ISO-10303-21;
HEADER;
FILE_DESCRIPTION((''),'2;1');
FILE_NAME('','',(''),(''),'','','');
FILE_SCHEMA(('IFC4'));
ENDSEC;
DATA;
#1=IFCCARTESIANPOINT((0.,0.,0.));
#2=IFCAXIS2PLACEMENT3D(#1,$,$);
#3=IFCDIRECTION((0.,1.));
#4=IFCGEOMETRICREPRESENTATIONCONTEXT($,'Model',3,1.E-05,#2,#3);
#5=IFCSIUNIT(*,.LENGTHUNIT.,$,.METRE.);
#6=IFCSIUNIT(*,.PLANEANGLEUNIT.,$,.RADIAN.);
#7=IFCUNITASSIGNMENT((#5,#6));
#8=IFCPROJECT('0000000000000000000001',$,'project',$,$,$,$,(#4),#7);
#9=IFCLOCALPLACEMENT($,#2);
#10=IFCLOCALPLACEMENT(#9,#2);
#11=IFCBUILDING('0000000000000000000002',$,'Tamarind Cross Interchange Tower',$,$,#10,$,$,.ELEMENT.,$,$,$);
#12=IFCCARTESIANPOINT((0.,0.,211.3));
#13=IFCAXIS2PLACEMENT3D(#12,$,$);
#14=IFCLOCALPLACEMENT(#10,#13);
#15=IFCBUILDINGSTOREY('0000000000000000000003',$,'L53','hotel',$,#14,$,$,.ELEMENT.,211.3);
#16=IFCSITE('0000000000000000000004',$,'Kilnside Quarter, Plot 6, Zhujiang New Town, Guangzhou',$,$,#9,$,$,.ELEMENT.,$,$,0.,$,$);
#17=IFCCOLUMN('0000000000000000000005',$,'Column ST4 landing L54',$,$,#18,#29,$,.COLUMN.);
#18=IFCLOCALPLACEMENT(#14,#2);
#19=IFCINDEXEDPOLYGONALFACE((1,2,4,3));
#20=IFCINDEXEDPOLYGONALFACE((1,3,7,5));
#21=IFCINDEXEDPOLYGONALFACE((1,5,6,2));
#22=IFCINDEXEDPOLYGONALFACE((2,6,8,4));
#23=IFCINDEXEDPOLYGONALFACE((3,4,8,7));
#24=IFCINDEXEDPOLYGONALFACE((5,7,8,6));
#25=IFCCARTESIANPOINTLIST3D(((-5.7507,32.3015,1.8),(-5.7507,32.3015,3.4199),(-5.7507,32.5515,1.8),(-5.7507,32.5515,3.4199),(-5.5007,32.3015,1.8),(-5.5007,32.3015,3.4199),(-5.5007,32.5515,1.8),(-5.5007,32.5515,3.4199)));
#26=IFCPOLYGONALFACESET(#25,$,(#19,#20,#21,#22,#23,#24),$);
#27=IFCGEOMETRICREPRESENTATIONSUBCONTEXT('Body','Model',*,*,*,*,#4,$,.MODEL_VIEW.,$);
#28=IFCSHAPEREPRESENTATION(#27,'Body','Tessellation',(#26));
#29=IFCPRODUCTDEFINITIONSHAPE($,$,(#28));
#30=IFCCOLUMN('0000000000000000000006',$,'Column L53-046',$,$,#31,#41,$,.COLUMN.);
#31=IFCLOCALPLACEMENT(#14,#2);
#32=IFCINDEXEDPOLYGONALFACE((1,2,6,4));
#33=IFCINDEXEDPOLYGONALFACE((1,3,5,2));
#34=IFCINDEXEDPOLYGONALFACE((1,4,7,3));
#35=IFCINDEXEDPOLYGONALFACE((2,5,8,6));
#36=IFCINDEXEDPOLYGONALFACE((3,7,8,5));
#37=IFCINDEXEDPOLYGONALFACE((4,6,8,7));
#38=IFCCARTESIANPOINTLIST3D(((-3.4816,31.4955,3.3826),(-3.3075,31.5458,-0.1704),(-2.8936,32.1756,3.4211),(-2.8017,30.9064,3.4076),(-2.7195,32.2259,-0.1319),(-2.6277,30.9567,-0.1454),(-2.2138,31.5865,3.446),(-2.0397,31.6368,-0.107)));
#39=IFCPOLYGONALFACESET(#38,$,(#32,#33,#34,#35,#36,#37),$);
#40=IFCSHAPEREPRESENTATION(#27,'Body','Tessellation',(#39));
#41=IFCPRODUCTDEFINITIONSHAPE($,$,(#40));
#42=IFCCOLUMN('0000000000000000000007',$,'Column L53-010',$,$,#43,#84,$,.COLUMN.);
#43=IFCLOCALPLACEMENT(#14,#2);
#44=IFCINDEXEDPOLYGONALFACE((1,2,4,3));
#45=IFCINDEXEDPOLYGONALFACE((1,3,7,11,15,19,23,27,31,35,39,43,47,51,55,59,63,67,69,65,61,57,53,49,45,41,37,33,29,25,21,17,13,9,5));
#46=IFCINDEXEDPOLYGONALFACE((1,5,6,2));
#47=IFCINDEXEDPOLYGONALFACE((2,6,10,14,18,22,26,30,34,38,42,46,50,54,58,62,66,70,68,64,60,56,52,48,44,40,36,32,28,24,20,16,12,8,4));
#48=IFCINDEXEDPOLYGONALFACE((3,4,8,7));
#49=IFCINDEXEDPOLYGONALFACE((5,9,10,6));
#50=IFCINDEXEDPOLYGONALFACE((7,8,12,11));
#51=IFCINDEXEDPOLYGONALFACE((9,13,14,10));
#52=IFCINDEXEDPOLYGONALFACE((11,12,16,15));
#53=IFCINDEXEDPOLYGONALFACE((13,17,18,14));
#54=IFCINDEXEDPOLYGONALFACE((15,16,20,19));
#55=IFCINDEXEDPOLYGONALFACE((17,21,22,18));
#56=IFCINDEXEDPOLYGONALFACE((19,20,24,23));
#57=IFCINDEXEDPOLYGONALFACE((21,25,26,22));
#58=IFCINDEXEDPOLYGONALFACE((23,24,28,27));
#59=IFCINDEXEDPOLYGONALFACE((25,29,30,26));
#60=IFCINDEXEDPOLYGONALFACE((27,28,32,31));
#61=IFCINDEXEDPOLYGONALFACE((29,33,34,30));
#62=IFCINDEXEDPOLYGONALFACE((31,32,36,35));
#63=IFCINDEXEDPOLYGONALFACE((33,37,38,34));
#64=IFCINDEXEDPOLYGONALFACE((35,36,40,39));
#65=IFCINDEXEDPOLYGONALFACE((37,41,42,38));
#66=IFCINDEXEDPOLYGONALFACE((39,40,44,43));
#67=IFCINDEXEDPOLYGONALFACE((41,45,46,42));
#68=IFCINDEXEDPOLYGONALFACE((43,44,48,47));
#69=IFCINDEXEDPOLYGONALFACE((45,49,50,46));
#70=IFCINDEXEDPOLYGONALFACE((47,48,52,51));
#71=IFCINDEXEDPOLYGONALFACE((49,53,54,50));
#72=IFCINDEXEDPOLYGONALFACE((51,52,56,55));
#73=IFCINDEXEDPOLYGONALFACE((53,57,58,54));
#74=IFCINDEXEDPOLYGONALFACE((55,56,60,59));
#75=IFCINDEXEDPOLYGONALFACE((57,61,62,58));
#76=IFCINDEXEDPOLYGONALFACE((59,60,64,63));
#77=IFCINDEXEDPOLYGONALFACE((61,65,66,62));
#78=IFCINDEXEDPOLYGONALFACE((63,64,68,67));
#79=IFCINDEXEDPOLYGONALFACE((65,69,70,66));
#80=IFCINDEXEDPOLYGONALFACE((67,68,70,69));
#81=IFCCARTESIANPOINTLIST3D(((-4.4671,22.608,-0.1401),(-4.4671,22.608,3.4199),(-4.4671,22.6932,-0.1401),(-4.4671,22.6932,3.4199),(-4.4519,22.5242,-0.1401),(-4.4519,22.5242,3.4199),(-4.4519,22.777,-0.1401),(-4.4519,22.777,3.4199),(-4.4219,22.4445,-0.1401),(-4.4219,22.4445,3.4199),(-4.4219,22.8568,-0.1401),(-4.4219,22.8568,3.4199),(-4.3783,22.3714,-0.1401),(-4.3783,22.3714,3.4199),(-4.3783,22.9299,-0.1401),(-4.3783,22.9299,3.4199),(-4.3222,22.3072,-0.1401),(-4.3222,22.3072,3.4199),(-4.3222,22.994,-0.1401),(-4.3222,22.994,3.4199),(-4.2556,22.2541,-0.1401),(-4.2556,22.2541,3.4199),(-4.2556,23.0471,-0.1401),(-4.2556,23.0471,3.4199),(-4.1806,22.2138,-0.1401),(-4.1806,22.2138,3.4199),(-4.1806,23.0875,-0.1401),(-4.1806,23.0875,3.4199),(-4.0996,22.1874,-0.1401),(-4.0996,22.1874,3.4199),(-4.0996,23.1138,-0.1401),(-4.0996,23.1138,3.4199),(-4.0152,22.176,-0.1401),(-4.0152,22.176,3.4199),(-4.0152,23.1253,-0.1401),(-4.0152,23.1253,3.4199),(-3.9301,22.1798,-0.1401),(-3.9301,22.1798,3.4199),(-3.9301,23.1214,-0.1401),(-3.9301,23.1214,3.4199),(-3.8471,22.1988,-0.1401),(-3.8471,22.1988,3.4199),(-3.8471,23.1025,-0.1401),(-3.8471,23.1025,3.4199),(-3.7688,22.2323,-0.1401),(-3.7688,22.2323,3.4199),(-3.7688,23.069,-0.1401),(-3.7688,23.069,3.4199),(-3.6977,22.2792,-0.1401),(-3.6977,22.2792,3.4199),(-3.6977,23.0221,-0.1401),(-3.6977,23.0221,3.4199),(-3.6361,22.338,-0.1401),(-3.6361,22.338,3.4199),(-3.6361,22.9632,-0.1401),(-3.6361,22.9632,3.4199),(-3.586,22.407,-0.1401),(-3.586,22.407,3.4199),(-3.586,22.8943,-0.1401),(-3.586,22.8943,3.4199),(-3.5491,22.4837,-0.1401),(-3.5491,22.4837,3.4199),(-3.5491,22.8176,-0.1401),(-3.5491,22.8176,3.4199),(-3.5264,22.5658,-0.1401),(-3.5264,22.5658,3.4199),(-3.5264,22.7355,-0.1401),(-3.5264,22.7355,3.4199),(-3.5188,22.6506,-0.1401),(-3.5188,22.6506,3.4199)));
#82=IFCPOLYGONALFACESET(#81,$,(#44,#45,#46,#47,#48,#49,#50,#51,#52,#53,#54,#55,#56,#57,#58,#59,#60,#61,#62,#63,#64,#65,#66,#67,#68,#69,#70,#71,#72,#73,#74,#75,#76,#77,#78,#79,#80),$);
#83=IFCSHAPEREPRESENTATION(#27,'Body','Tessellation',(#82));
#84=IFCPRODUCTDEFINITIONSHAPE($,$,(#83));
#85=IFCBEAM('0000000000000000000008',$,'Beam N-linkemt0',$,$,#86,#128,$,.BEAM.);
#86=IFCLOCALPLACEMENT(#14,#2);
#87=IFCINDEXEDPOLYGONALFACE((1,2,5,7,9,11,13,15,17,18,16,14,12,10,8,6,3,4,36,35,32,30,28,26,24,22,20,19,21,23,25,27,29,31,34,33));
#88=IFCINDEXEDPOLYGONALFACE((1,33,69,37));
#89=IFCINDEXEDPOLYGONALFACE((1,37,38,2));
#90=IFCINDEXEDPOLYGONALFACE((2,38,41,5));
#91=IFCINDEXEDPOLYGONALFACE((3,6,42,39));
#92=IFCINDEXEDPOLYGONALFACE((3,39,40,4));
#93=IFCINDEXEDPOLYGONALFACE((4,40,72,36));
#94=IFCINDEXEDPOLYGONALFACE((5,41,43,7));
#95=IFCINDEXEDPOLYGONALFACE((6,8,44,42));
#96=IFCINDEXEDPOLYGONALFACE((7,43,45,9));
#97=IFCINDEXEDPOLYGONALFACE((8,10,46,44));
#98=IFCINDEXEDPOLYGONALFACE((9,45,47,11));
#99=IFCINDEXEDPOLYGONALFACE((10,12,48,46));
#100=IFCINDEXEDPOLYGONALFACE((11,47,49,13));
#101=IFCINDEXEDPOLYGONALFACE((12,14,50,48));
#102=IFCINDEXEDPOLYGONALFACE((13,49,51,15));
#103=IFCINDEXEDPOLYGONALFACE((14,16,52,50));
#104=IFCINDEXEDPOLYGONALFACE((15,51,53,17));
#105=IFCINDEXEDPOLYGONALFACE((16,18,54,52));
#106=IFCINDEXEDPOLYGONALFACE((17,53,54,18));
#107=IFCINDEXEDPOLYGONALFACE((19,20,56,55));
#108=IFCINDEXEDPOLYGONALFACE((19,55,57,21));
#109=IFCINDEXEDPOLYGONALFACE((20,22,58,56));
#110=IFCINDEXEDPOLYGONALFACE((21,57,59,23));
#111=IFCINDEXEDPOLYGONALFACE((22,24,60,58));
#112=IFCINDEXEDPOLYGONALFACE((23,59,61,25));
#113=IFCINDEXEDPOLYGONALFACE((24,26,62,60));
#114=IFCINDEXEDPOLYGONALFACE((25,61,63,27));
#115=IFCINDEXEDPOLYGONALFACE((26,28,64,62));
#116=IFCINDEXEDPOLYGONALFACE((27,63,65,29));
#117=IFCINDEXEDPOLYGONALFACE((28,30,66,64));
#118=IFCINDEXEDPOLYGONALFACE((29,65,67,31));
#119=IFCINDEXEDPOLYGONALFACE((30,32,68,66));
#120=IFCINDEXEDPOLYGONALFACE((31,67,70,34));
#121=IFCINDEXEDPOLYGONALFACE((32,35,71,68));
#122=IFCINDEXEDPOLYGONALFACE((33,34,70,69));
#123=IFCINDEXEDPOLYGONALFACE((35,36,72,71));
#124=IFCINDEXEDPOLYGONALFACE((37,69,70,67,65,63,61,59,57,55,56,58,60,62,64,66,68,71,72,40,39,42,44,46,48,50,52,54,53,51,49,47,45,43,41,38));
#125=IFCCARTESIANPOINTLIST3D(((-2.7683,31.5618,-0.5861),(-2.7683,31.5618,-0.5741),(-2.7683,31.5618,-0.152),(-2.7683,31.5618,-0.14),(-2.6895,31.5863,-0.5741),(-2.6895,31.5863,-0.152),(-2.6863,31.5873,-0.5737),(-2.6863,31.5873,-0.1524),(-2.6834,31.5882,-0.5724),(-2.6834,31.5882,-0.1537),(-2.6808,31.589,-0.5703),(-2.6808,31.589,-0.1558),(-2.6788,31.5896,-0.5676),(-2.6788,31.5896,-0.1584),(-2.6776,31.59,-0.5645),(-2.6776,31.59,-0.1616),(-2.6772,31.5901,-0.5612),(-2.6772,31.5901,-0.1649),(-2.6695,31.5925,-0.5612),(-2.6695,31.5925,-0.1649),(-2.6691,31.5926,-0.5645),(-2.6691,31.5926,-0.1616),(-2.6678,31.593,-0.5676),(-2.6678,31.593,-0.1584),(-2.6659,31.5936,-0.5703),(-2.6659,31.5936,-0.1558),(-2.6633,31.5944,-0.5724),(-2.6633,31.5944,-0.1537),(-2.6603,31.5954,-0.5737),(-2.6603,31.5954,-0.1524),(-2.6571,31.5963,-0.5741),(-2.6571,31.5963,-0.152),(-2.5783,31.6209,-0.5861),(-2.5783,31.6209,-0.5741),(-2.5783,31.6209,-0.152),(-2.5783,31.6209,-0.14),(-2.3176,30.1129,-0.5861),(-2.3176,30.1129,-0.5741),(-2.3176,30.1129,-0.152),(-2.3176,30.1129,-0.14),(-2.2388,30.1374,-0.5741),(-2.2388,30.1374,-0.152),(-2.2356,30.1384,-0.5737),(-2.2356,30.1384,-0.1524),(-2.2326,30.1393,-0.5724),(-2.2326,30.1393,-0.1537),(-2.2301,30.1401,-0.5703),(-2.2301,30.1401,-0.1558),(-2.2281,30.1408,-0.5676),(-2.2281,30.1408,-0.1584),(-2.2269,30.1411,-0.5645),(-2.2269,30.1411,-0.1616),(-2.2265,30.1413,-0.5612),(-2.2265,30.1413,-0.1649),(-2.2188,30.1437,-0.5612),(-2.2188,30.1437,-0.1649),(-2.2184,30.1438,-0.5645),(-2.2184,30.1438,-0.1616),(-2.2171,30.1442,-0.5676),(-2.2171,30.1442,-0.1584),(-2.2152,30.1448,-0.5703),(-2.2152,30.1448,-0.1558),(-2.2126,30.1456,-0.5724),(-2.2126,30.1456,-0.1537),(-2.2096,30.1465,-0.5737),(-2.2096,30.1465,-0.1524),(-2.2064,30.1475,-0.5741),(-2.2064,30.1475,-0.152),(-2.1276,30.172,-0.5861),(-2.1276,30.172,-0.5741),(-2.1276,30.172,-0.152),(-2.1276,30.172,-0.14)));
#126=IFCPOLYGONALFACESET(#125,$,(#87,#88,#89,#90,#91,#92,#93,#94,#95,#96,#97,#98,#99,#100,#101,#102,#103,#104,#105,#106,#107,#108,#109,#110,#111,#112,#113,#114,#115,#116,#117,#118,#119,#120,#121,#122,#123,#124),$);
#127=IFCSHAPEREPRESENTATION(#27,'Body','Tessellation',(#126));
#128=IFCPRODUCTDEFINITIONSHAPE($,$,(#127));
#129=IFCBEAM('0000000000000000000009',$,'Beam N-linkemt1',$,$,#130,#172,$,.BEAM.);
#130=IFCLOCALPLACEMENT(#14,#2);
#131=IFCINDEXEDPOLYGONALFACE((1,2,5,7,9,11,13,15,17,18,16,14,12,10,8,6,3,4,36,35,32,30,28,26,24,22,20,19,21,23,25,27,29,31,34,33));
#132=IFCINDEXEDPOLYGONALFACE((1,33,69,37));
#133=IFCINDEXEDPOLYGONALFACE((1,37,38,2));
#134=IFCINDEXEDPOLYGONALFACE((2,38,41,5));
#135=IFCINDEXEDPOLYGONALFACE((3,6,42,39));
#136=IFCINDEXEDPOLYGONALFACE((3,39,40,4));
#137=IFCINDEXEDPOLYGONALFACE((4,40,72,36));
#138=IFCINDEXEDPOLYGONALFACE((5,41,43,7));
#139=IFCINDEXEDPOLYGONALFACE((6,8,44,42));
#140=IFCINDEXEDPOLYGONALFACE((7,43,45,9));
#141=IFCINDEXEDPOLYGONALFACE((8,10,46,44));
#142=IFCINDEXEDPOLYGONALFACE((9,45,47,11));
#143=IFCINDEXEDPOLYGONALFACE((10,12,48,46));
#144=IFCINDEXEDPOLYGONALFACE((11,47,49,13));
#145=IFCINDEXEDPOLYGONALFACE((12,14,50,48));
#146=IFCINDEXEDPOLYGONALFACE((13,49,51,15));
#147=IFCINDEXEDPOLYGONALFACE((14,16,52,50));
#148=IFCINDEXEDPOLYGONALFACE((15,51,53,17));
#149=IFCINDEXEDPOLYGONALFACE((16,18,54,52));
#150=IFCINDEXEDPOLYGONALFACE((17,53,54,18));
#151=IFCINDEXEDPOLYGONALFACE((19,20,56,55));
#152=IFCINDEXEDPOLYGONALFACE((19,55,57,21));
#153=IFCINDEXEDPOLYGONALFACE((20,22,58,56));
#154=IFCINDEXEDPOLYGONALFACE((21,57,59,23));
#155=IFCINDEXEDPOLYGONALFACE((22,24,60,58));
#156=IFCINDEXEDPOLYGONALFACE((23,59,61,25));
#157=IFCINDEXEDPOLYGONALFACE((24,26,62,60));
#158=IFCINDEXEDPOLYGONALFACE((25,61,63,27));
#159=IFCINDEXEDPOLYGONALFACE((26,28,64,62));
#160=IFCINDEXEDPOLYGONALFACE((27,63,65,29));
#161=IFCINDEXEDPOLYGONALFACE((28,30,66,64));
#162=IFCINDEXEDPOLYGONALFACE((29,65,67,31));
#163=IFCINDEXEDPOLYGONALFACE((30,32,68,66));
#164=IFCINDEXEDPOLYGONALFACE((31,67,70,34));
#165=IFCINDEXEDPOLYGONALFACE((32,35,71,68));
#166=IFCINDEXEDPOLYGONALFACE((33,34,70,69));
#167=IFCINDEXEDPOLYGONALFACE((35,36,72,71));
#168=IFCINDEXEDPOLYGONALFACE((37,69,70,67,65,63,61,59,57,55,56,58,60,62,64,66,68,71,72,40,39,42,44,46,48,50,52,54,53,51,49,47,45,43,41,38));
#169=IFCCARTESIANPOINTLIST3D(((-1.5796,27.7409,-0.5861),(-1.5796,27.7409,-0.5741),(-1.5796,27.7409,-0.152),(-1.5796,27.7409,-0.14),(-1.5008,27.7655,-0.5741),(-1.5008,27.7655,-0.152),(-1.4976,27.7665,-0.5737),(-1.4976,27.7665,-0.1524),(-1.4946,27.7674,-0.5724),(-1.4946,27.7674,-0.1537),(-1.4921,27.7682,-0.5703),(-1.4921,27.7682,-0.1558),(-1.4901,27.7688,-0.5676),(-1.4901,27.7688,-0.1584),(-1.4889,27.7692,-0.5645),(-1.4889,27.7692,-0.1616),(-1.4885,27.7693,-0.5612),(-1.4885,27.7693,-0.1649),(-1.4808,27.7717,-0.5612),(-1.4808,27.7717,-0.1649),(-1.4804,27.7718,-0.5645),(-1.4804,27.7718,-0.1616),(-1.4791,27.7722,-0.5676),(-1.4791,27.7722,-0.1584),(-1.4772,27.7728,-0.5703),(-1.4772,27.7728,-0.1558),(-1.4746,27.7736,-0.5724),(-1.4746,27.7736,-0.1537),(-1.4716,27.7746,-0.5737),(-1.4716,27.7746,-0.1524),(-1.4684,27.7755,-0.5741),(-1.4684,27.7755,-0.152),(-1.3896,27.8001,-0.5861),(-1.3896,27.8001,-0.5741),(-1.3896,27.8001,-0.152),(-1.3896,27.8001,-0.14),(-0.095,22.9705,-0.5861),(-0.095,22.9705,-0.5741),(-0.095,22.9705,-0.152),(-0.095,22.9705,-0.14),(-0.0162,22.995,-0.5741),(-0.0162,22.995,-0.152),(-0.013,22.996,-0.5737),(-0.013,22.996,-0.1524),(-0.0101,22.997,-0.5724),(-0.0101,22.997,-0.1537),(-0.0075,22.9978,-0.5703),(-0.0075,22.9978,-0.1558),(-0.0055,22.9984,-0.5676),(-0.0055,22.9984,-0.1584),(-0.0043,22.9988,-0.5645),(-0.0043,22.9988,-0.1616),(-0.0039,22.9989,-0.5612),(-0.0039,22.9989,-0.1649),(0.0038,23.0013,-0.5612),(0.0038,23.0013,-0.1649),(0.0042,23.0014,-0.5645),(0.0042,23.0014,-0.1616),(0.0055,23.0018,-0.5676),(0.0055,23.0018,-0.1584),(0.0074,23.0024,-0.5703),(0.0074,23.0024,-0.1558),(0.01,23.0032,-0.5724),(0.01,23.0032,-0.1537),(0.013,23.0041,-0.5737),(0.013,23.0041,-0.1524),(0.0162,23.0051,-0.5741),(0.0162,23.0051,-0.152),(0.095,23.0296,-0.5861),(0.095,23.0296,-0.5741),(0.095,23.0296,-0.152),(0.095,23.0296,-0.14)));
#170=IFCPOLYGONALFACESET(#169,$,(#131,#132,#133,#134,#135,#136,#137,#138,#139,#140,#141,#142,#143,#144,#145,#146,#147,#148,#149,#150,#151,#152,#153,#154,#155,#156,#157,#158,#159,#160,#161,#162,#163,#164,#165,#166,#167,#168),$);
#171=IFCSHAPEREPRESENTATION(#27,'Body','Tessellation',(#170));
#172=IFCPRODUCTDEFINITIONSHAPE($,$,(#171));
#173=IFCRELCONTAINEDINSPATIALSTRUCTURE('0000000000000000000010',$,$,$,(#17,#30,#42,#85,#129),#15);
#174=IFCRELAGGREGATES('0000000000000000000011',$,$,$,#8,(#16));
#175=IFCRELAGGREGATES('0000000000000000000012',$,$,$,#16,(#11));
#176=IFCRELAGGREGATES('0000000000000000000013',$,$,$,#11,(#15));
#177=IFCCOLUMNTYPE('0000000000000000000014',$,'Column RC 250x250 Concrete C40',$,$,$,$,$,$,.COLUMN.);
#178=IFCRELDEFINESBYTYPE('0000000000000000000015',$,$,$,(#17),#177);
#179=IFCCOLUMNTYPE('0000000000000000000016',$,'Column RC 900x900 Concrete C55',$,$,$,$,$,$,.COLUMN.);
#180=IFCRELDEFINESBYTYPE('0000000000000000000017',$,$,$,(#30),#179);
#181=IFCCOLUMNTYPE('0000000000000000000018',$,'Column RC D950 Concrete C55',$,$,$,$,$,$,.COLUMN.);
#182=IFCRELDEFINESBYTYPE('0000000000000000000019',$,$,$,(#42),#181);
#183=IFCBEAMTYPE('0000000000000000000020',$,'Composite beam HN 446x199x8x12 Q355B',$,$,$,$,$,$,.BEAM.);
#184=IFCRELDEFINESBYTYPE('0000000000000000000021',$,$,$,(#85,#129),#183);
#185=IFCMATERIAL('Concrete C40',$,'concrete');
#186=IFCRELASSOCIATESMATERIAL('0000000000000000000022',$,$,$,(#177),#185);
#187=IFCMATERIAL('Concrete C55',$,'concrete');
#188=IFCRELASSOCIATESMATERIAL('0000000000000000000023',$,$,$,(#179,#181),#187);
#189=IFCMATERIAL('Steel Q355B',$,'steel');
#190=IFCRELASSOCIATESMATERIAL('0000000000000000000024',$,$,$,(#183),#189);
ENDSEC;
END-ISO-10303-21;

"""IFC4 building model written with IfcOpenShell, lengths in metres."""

from ifc_helpers import new_model, si_unit, direction, frame, origin, origin_2d, place, context, subcontext, project, spatial, rectangle, circle, i_section, extrude, material, material_profile, profile_set, type_object, element, save


model = new_model("IFC4")

# Units and contexts
model_context = context("Model", 3, precision=1e-05, world=origin(), true_north=direction((0.0, 1.0)))
body_context = subcontext(model_context, "Body", "Model", "MODEL_VIEW")
ifc_project = project(units=[si_unit("LENGTHUNIT", "METRE"), si_unit("PLANEANGLEUNIT", "RADIAN")], contexts=[model_context])

# Site, building, storey
site_placement = place(None, origin())
site = spatial("IfcSite", under=ifc_project, at=site_placement, Name="Kilnside Quarter, Plot 6, Zhujiang New Town, Guangzhou", CompositionType="ELEMENT", RefElevation=0.0)
building_placement = place(site_placement, origin())
building = spatial("IfcBuilding", under=site, at=building_placement, Name="Tamarind Cross Interchange Tower", CompositionType="ELEMENT")
storey_placement = place(building_placement, frame((0.0, 0.0, 211.3)))
storey = spatial("IfcBuildingStorey", under=building, at=storey_placement, Name="L53", Description="hotel", CompositionType="ELEMENT", Elevation=211.3)

# Columns
ifc_material_1 = material(Name="Concrete C40", Category="concrete")
ifc_material_profile_1 = material_profile(ifc_material_1, rectangle(XDim=0.25, YDim=0.25, at=origin_2d()), Name="RC 250x250")
ifc_profile_set_1 = profile_set([ifc_material_profile_1], Name="Concrete C40")
column_type_1 = type_object("IfcColumnType", Name="Column RC 250x250 Concrete C40", PredefinedType="COLUMN", material=ifc_profile_set_1)
column_1_placement = place(storey_placement, frame((-5.6257, 32.4265, 1.8), z_axis=(0.0, 0.0, 1.0), x_axis=(1.0, 0.0, 0.0)))
element("IfcColumn", 1, at=column_1_placement, inside=storey, type_object=column_type_1, Name="Column ST4 landing L54", PredefinedType="COLUMN", context=body_context, shape_type="SweptSolid", body=[
    extrude(rectangle(XDim=0.25, YDim=0.25, at=origin_2d()), origin(), (0.0, 0.0, 1.0), 1.6199),
])
ifc_material_2 = material(Name="Concrete C55", Category="concrete")
ifc_material_profile_2 = material_profile(ifc_material_2, rectangle(XDim=0.8999, YDim=0.8999, at=origin_2d()), Name="RC 900x900")
ifc_profile_set_2 = profile_set([ifc_material_profile_2], Name="Concrete C55")
column_type_2 = type_object("IfcColumnType", Name="Column RC 900x900 Concrete C55", PredefinedType="COLUMN", material=ifc_profile_set_2)
column_2_placement = place(storey_placement, frame((-2.6736, 31.5913, -0.1387), z_axis=(-0.04893, -0.014137, 0.998702), x_axis=(0.755439, -0.654632, 0.027745)))
element("IfcColumn", 2, at=column_2_placement, inside=storey, type_object=column_type_2, Name="Column L53-046", PredefinedType="COLUMN", context=body_context, shape_type="SweptSolid", body=[
    extrude(rectangle(XDim=0.8999, YDim=0.8999, at=origin_2d()), origin(), (0.0, 0.0, 1.0), 3.5576),
])
ifc_material_profile_3 = material_profile(ifc_material_2, circle(Radius=0.4751, at=origin_2d()), Name="RC D950")
ifc_profile_set_3 = profile_set([ifc_material_profile_3], Name="Concrete C55")
column_type_3 = type_object("IfcColumnType", Name="Column RC D950 Concrete C55", PredefinedType="COLUMN", material=ifc_profile_set_3)
column_3_placement = place(storey_placement, frame((-3.9939, 22.6506, -0.1401), z_axis=(0.0, 0.0, 1.0), x_axis=(1.0, 0.0, 0.0)))
element("IfcColumn", 3, at=column_3_placement, inside=storey, type_object=column_type_3, Name="Column L53-010", PredefinedType="COLUMN", context=body_context, shape_type="SweptSolid", body=[
    extrude(circle(Radius=0.4751, at=origin_2d()), origin(), (0.0, 0.0, 1.0), 3.5601),
])

# Beams
ifc_material_3 = material(Name="Steel Q355B", Category="steel")
ifc_material_profile_4 = material_profile(ifc_material_3, i_section(OverallWidth=0.199, OverallDepth=0.446, WebThickness=0.0081, FlangeThickness=0.012, FilletRadius=0.0129, at=origin_2d()), Name="HN 446x199x8x12")
ifc_profile_set_4 = profile_set([ifc_material_profile_4], Name="Steel Q355B")
beam_type_1 = type_object("IfcBeamType", Name="Composite beam HN 446x199x8x12 Q355B", PredefinedType="BEAM", material=ifc_profile_set_4)
beam_1_placement = place(storey_placement, frame((-2.6733, 31.5913, -0.363), z_axis=(0.297047, -0.954863, 0.0), x_axis=(0.954863, 0.297047, 0.0)))
element("IfcBeam", 4, at=beam_1_placement, inside=storey, type_object=beam_type_1, Name="Beam N-linkemt0", PredefinedType="BEAM", context=body_context, shape_type="SweptSolid", body=[
    extrude(i_section(OverallWidth=0.199, OverallDepth=0.446, WebThickness=0.0081, FlangeThickness=0.012, FilletRadius=0.0129, at=origin_2d()), origin(), (0.0, 0.0, 1.0), 1.5173),
])
beam_2_placement = place(storey_placement, frame((-1.4846, 27.7705, -0.363), z_axis=(0.297151, -0.954831, 0.0), x_axis=(0.954831, 0.297151, 0.0)))
element("IfcBeam", 5, at=beam_2_placement, inside=storey, type_object=beam_type_1, Name="Beam N-linkemt1", PredefinedType="BEAM", context=body_context, shape_type="SweptSolid", body=[
    extrude(i_section(OverallWidth=0.199, OverallDepth=0.446, WebThickness=0.0081, FlangeThickness=0.012, FilletRadius=0.0129, at=origin_2d()), origin(), (0.0, 0.0, 1.0), 4.9961),
])

save(model, "model.ifc")
